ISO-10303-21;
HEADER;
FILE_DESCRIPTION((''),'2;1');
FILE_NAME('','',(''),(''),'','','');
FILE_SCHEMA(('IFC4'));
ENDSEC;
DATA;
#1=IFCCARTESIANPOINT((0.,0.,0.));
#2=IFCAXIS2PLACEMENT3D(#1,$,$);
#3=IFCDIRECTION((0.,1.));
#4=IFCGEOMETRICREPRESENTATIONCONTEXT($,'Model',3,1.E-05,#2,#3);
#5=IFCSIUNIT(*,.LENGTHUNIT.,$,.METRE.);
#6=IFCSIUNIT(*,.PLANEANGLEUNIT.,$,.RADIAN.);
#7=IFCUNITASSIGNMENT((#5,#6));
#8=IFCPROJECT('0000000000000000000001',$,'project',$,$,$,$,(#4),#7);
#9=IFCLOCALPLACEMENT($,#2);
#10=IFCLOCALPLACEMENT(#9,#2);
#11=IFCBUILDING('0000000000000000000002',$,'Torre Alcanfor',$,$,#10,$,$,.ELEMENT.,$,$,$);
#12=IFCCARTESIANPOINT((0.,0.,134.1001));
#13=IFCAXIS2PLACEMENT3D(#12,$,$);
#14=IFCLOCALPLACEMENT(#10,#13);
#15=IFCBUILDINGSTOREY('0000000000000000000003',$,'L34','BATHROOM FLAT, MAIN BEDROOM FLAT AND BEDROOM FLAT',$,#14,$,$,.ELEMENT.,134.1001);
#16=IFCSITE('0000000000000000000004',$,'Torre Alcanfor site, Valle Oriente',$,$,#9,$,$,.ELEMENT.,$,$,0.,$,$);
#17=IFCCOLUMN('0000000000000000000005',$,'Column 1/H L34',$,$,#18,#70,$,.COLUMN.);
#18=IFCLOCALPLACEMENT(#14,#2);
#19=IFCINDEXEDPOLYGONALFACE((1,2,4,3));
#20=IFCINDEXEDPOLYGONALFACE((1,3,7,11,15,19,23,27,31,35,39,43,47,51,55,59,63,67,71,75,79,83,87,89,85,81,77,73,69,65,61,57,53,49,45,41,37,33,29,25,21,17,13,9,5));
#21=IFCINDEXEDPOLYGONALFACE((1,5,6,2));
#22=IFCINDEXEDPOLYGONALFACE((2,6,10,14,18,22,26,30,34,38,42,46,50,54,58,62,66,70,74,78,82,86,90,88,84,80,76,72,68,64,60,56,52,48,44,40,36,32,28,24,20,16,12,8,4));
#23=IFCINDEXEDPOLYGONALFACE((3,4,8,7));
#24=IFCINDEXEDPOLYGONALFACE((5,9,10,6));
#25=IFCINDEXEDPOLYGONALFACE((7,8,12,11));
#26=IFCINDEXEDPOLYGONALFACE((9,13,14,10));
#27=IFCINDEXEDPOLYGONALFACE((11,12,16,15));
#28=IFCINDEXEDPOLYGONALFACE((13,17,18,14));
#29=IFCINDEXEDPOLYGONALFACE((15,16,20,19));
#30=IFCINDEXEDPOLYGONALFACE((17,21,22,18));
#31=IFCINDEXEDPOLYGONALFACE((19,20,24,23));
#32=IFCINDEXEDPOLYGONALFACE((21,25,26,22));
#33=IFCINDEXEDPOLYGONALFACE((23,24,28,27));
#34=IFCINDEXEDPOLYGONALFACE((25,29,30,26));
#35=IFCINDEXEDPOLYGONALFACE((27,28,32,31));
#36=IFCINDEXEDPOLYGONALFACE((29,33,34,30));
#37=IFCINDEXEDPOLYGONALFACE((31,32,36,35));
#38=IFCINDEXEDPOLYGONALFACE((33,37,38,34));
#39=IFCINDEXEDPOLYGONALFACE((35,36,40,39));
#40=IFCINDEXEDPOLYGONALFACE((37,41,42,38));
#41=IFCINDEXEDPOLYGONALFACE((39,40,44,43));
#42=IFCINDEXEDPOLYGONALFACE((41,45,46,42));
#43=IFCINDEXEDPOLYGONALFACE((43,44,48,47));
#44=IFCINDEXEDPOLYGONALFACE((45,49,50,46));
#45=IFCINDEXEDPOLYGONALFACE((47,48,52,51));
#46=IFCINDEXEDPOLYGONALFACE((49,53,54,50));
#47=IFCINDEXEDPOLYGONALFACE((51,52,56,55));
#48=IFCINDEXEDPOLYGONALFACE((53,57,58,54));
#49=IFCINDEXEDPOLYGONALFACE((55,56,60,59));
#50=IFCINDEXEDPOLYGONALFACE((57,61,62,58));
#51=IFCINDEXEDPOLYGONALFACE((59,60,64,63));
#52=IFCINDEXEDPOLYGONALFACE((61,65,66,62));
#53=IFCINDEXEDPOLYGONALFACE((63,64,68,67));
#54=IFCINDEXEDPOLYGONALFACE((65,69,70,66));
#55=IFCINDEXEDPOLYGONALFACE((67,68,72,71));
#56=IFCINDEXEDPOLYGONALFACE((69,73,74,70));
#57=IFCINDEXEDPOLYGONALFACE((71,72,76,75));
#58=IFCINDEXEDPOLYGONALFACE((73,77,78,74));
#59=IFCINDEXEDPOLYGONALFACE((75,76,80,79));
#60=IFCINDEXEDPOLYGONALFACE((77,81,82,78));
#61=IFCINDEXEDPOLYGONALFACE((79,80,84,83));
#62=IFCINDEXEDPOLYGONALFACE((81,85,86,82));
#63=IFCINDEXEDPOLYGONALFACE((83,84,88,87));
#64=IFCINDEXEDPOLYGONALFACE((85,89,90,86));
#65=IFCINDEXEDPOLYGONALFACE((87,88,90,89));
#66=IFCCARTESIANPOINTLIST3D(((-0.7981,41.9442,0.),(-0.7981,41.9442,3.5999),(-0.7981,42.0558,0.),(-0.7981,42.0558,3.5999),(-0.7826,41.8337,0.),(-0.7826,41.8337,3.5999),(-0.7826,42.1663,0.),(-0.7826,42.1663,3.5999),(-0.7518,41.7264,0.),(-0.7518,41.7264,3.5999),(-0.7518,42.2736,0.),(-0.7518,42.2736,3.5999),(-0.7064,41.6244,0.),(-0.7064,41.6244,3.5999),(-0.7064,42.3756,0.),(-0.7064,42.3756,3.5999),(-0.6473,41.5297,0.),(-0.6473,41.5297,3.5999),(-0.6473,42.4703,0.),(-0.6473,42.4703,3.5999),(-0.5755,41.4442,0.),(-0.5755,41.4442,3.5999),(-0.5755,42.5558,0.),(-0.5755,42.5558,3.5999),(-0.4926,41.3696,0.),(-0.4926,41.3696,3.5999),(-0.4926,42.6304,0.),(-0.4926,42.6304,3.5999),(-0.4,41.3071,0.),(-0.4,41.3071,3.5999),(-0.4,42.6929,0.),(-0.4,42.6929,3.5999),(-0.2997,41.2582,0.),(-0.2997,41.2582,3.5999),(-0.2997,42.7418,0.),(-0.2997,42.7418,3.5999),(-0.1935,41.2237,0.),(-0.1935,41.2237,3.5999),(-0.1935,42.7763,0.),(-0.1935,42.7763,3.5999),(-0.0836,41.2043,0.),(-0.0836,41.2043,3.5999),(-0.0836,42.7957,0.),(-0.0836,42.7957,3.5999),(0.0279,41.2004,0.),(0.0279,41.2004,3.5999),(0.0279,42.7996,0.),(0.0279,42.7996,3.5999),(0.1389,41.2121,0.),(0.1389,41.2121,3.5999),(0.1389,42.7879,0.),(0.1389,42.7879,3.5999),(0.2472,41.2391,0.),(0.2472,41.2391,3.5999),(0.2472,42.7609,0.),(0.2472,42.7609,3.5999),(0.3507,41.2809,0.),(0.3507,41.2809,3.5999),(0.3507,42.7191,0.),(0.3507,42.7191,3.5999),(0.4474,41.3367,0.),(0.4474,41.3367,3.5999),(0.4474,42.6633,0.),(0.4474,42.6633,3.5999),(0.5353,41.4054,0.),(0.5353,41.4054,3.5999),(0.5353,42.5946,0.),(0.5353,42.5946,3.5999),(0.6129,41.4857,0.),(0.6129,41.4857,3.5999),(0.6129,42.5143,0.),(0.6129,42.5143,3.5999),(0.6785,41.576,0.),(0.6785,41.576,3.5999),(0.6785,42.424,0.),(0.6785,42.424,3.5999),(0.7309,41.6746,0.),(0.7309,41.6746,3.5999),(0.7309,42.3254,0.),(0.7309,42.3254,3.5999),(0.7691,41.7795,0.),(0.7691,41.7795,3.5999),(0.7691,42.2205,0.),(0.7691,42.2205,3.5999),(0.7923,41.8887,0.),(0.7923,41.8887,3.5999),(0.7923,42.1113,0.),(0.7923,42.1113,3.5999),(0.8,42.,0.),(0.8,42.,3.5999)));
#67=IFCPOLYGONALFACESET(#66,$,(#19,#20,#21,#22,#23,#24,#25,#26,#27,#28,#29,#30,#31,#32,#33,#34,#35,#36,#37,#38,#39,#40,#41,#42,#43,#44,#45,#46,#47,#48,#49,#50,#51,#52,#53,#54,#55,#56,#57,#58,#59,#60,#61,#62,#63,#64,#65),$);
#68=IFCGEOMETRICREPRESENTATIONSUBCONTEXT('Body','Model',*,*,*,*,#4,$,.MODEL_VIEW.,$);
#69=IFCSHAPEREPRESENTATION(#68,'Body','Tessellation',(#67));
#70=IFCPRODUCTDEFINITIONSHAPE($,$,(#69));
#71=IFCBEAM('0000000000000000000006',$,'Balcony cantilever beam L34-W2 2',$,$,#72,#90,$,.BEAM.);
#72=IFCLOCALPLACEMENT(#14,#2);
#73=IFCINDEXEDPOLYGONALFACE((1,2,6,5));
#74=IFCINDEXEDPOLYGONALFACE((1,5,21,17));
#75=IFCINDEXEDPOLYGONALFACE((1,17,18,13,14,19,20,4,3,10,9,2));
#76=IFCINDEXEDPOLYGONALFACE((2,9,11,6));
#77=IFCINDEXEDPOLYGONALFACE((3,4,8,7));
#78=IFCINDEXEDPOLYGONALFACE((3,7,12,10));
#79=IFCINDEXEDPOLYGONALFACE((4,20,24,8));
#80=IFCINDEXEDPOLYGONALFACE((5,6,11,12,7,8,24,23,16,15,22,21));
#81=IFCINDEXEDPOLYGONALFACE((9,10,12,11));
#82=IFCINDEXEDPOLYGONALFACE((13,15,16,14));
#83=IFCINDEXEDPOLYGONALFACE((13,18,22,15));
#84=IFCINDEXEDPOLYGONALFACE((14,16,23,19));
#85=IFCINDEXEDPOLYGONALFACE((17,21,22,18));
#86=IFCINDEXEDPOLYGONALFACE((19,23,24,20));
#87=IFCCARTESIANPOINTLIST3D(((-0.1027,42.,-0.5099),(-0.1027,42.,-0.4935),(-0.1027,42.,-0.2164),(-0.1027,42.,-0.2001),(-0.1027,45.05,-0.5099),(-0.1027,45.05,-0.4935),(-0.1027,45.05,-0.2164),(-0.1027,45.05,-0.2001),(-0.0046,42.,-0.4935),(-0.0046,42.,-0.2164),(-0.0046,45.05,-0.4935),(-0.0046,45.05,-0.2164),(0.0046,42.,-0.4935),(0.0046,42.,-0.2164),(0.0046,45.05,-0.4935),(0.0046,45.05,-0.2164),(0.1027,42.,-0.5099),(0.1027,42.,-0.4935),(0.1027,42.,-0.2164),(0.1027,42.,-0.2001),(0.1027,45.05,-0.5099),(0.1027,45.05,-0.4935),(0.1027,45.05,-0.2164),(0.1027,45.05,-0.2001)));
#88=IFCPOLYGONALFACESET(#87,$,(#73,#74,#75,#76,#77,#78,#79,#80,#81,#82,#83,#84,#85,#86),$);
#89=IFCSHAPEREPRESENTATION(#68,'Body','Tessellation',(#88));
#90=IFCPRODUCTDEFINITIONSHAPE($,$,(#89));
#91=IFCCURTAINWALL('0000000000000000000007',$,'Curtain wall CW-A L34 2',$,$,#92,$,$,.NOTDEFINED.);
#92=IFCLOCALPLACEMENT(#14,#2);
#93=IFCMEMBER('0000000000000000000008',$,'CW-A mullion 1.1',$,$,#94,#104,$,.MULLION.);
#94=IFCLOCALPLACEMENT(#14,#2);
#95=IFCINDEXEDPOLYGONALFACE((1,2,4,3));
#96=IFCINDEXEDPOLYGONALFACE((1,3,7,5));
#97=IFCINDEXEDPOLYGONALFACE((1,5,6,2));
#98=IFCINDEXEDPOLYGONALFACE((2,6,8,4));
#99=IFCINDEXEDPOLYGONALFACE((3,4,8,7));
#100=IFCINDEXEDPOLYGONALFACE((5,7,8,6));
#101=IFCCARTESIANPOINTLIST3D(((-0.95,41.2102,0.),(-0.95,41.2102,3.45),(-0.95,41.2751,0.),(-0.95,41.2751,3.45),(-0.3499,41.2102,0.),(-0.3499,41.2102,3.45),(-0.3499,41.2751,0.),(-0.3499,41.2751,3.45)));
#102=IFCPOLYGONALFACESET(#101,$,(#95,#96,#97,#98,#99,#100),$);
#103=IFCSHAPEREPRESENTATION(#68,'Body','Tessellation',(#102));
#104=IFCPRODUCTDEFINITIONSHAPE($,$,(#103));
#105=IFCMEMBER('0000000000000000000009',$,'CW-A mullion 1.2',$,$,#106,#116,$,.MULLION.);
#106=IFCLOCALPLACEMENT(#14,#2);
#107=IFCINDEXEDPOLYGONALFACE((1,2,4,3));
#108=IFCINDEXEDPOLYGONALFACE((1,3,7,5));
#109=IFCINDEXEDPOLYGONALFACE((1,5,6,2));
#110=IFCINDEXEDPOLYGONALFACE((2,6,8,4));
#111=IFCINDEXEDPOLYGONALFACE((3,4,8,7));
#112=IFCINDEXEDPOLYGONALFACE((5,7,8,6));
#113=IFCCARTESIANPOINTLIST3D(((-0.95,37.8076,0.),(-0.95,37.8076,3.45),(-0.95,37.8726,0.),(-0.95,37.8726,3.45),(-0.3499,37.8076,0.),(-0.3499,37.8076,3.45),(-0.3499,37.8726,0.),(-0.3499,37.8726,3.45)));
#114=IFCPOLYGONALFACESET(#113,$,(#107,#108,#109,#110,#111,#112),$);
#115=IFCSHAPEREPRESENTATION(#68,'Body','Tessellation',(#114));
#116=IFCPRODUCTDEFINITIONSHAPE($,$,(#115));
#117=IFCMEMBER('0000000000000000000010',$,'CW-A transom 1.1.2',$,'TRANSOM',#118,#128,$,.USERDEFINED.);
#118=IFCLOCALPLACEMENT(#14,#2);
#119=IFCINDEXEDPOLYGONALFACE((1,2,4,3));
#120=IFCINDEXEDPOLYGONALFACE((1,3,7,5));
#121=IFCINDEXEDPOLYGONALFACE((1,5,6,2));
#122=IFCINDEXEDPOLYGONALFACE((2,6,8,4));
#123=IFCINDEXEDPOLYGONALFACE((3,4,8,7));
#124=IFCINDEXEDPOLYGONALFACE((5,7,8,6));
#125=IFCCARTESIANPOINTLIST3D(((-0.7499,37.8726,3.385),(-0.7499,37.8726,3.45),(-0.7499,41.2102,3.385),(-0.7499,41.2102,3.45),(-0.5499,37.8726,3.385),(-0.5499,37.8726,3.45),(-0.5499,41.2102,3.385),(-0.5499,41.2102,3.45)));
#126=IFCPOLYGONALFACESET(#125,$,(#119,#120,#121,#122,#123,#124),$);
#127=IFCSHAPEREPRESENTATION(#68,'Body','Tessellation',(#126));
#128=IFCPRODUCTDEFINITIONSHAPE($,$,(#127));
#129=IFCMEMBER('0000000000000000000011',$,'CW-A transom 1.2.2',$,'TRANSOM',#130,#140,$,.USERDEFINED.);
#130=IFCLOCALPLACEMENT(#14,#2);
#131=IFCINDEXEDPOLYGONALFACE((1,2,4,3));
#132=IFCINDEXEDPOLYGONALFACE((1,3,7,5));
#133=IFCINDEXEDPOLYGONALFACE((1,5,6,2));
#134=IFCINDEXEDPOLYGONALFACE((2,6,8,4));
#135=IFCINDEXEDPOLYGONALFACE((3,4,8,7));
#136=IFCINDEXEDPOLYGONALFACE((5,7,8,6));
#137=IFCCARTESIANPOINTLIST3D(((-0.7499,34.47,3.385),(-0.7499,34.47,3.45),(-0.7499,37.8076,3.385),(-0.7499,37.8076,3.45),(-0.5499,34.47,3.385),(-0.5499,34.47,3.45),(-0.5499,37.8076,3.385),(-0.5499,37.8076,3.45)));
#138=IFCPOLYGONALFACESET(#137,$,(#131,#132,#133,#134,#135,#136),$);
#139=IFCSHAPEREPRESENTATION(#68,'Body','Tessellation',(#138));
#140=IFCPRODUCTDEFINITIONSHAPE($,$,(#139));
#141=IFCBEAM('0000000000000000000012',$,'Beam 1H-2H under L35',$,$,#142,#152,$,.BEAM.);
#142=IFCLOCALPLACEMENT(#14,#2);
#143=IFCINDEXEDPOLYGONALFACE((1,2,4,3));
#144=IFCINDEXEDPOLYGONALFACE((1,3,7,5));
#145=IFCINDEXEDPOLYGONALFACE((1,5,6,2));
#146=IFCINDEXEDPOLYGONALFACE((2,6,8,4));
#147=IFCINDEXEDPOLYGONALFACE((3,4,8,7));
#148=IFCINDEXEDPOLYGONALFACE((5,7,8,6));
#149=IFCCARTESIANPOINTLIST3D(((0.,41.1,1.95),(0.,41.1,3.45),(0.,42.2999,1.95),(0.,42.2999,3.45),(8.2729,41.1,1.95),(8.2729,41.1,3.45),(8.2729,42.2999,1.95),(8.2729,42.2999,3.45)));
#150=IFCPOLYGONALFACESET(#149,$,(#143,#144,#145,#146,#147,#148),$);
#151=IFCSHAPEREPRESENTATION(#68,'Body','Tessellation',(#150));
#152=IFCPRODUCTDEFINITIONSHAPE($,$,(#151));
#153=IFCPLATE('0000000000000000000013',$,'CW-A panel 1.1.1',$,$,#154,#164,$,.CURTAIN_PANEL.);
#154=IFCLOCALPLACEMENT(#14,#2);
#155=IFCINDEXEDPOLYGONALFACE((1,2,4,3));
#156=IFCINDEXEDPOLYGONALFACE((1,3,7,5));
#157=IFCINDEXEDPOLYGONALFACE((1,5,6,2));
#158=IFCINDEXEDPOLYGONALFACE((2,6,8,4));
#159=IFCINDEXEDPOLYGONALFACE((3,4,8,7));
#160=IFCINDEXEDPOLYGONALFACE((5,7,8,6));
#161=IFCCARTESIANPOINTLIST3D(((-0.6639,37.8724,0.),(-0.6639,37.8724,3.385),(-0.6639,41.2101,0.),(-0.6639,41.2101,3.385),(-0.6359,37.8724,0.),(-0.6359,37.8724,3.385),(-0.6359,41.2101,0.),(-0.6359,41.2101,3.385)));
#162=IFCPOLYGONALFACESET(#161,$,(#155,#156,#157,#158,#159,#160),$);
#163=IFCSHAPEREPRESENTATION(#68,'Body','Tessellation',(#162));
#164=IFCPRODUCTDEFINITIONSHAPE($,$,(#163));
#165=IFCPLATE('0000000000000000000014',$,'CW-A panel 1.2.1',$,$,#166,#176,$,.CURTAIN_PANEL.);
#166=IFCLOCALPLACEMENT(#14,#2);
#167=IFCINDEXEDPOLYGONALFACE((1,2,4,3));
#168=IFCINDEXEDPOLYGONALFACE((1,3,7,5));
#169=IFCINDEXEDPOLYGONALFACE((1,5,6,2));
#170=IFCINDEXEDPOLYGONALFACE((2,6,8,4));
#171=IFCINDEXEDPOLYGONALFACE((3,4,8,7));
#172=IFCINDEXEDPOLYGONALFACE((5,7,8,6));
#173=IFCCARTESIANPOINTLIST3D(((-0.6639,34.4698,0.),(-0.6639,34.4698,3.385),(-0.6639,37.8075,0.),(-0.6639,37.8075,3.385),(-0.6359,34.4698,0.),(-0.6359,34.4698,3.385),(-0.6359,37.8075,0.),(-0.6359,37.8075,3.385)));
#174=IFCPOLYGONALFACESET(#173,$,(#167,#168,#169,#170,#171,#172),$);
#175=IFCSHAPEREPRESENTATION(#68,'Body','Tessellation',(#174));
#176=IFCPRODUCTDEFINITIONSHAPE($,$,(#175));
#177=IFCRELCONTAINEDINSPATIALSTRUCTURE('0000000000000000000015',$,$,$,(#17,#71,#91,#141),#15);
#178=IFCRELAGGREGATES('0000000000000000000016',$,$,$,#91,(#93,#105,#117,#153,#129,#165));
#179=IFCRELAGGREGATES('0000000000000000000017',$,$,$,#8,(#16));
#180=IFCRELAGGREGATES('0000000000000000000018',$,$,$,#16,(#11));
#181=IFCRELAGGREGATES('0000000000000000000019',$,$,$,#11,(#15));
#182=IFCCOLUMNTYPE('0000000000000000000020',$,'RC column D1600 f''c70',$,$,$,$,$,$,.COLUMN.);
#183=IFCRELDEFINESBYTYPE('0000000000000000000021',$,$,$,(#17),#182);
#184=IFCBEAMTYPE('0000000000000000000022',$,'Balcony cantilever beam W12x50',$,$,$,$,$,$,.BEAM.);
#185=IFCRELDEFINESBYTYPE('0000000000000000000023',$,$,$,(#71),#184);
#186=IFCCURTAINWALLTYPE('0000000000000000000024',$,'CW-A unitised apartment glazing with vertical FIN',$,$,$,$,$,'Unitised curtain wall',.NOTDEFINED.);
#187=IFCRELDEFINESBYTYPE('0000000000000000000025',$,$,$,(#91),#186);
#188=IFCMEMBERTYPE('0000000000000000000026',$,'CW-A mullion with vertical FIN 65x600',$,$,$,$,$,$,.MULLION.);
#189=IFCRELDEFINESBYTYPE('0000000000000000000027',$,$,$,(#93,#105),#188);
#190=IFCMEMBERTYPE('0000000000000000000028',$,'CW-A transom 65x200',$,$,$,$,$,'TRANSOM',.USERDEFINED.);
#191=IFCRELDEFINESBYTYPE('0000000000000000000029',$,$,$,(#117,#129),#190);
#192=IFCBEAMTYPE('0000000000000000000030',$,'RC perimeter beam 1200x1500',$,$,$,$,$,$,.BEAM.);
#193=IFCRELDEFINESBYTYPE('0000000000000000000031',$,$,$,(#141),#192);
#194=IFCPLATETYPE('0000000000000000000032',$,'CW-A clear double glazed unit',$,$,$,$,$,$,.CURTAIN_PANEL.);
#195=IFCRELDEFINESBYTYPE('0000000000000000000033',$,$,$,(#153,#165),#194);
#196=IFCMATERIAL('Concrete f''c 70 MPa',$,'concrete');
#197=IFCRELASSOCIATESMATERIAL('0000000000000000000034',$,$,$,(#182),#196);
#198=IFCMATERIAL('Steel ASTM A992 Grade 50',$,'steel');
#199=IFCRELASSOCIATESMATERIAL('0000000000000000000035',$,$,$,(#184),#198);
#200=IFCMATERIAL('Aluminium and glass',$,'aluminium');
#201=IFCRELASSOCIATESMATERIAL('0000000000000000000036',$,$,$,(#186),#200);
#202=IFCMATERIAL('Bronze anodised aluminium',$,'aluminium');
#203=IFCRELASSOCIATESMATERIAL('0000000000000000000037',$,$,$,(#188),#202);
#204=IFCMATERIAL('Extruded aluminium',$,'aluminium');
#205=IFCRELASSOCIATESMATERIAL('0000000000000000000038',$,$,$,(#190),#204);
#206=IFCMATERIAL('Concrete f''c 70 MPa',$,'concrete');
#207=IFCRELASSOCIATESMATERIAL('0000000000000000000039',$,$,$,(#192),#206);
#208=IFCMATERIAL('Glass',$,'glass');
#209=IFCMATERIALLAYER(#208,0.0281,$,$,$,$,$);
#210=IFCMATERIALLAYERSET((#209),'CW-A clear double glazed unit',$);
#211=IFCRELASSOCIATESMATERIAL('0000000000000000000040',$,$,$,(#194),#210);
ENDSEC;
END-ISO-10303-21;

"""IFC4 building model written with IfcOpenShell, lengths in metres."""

from ifc_helpers import new_model, si_unit, direction, frame, origin, origin_2d, place, context, subcontext, project, spatial, rectangle, circle, i_section, extrude, material, layer, layer_set, material_profile, profile_set, type_object, element, aggregate, save


model = new_model("IFC4")

# Units and contexts
model_context = context("Model", 3, precision=1e-05, world=origin(), true_north=direction((0.0, 1.0)))
body_context = subcontext(model_context, "Body", "Model", "MODEL_VIEW")
ifc_project = project(units=[si_unit("LENGTHUNIT", "METRE"), si_unit("PLANEANGLEUNIT", "RADIAN")], contexts=[model_context])

# Site, building, storey
site_placement = place(None, origin())
site = spatial("IfcSite", under=ifc_project, at=site_placement, Name="Torre Alcanfor site, Valle Oriente", CompositionType="ELEMENT", RefElevation=0.0)
building_placement = place(site_placement, origin())
building = spatial("IfcBuilding", under=site, at=building_placement, Name="Torre Alcanfor", CompositionType="ELEMENT")
storey_placement = place(building_placement, frame((0.0, 0.0, 134.1001)))
storey = spatial("IfcBuildingStorey", under=building, at=storey_placement, Name="L34", Description="BATHROOM FLAT, MAIN BEDROOM FLAT AND BEDROOM FLAT", CompositionType="ELEMENT", Elevation=134.1001)

# Column
ifc_material_1 = material(Name="Concrete f'c 70 MPa", Category="concrete")
ifc_material_profile_1 = material_profile(ifc_material_1, circle(Radius=0.8, at=origin_2d()), Name="D1600")
ifc_profile_set_1 = profile_set([ifc_material_profile_1], Name="Concrete f'c 70 MPa")
column_type = type_object("IfcColumnType", Name="RC column D1600 f'c70", PredefinedType="COLUMN", material=ifc_profile_set_1)
column_placement = place(storey_placement, frame((0.0, 42.0, 0.0), z_axis=(0.0, 0.0, 1.0), x_axis=(1.0, 0.0, 0.0)))
element("IfcColumn", 1, at=column_placement, inside=storey, type_object=column_type, Name="Column 1/H L34", PredefinedType="COLUMN", context=body_context, shape_type="SweptSolid", body=[
    extrude(circle(Radius=0.8, at=origin_2d()), origin(), (0.0, 0.0, 1.0), 3.5999),
])

# Beam
ifc_material_2 = material(Name="Steel ASTM A992 Grade 50", Category="steel")
ifc_material_profile_2 = material_profile(ifc_material_2, i_section(OverallWidth=0.2053, OverallDepth=0.3098, WebThickness=0.0093, FlangeThickness=0.0164, at=origin_2d()), Name="W12x50")
ifc_profile_set_2 = profile_set([ifc_material_profile_2], Name="Steel ASTM A992 Grade 50")
beam_type_1 = type_object("IfcBeamType", Name="Balcony cantilever beam W12x50", PredefinedType="BEAM", material=ifc_profile_set_2)
beam_1_placement = place(storey_placement, frame((0.0, 42.0, -0.355), z_axis=(0.0, 1.0, 0.0), x_axis=(-1.0, 0.0, 0.0)))
element("IfcBeam", 2, at=beam_1_placement, inside=storey, type_object=beam_type_1, Name="Balcony cantilever beam L34-W2 2", PredefinedType="BEAM", context=body_context, shape_type="SweptSolid", body=[
    extrude(i_section(OverallWidth=0.2053, OverallDepth=0.3098, WebThickness=0.0093, FlangeThickness=0.0164, at=origin_2d()), origin(), (0.0, 0.0, 1.0), 3.05),
])

# Curtain wall, members
ifc_material_3 = material(Name="Aluminium and glass", Category="aluminium")
curtain_wall_type = type_object("IfcCurtainWallType", Name="CW-A unitised apartment glazing with vertical FIN", ElementType="Unitised curtain wall", PredefinedType="NOTDEFINED", material=ifc_material_3)
curtain_wall_placement = place(storey_placement, origin())
curtain_wall = element("IfcCurtainWall", 3, at=curtain_wall_placement, inside=storey, type_object=curtain_wall_type, Name="Curtain wall CW-A L34 2", PredefinedType="NOTDEFINED")
ifc_material_4 = material(Name="Bronze anodised aluminium", Category="aluminium")
ifc_material_profile_3 = material_profile(ifc_material_4, rectangle(XDim=0.6001, YDim=0.0649, at=origin_2d()), Name="CW-A mullion 65x600")
ifc_profile_set_3 = profile_set([ifc_material_profile_3], Name="Bronze anodised aluminium")
member_type_1 = type_object("IfcMemberType", Name="CW-A mullion with vertical FIN 65x600", PredefinedType="MULLION", material=ifc_profile_set_3)
member_1_placement = place(storey_placement, frame((-0.6499, 41.2427, 0.0), z_axis=(0.0, 0.0, 1.0), x_axis=(1.0, 0.0, 0.0)))
member_1 = element("IfcMember", 4, at=member_1_placement, type_object=member_type_1, Name="CW-A mullion 1.1", PredefinedType="MULLION", context=body_context, shape_type="SweptSolid", body=[
    extrude(rectangle(XDim=0.6001, YDim=0.0649, at=origin_2d()), origin(), (0.0, 0.0, 1.0), 3.45),
])
member_2_placement = place(storey_placement, frame((-0.6499, 37.8401, 0.0), z_axis=(0.0, 0.0, 1.0), x_axis=(1.0, 0.0, 0.0)))
member_2 = element("IfcMember", 5, at=member_2_placement, type_object=member_type_1, Name="CW-A mullion 1.2", PredefinedType="MULLION", context=body_context, shape_type="SweptSolid", body=[
    extrude(rectangle(XDim=0.6001, YDim=0.0649, at=origin_2d()), origin(), (0.0, 0.0, 1.0), 3.45),
])
ifc_material_5 = material(Name="Extruded aluminium", Category="aluminium")
ifc_material_profile_4 = material_profile(ifc_material_5, rectangle(XDim=0.2, YDim=0.0649, at=origin_2d()), Name="CW-A transom 200x65")
ifc_profile_set_4 = profile_set([ifc_material_profile_4], Name="Extruded aluminium")
member_type_2 = type_object("IfcMemberType", Name="CW-A transom 65x200", ElementType="TRANSOM", PredefinedType="USERDEFINED", material=ifc_profile_set_4)
member_3_placement = place(storey_placement, frame((-0.6499, 41.2102, 3.4175), z_axis=(0.0, -1.0, 0.0), x_axis=(1.0, 0.0, 0.0)))
member_3 = element("IfcMember", 6, at=member_3_placement, type_object=member_type_2, Name="CW-A transom 1.1.2", ObjectType="TRANSOM", PredefinedType="USERDEFINED", context=body_context, shape_type="SweptSolid", body=[
    extrude(rectangle(XDim=0.2, YDim=0.0649, at=origin_2d()), origin(), (0.0, 0.0, 1.0), 3.3376),
])
member_4_placement = place(storey_placement, frame((-0.6499, 37.8076, 3.4175), z_axis=(0.0, -1.0, 0.0), x_axis=(1.0, 0.0, 0.0)))
member_4 = element("IfcMember", 7, at=member_4_placement, type_object=member_type_2, Name="CW-A transom 1.2.2", ObjectType="TRANSOM", PredefinedType="USERDEFINED", context=body_context, shape_type="SweptSolid", body=[
    extrude(rectangle(XDim=0.2, YDim=0.0649, at=origin_2d()), origin(), (0.0, 0.0, 1.0), 3.3376),
])

# Beam
ifc_material_6 = material(Name="Concrete f'c 70 MPa", Category="concrete")
ifc_material_profile_5 = material_profile(ifc_material_6, rectangle(XDim=1.2, YDim=1.5, at=origin_2d()), Name="1200x1500")
ifc_profile_set_5 = profile_set([ifc_material_profile_5], Name="Concrete f'c 70 MPa")
beam_type_2 = type_object("IfcBeamType", Name="RC perimeter beam 1200x1500", PredefinedType="BEAM", material=ifc_profile_set_5)
beam_2_placement = place(storey_placement, frame((0.0, 41.7, 2.7), z_axis=(1.0, 0.0, 0.0), x_axis=(0.0, 1.0, 0.0)))
element("IfcBeam", 8, at=beam_2_placement, inside=storey, type_object=beam_type_2, Name="Beam 1H-2H under L35", PredefinedType="BEAM", context=body_context, shape_type="SweptSolid", body=[
    extrude(rectangle(XDim=1.2, YDim=1.5, at=origin_2d()), origin(), (0.0, 0.0, 1.0), 8.2729),
])

# Plates
ifc_material_7 = material(Name="Glass", Category="glass")
ifc_layer_1 = layer(ifc_material_7, 0.0281)
ifc_layer_set_1 = layer_set([ifc_layer_1], Name="CW-A clear double glazed unit")
plate_type = type_object("IfcPlateType", Name="CW-A clear double glazed unit", PredefinedType="CURTAIN_PANEL", material=ifc_layer_set_1)
plate_1_placement = place(storey_placement, frame((-0.6499, 39.5413, 0.0), z_axis=(0.0, 0.0, 1.0), x_axis=(0.0, -1.0, 0.0)))
plate_1 = element("IfcPlate", 9, at=plate_1_placement, type_object=plate_type, Name="CW-A panel 1.1.1", PredefinedType="CURTAIN_PANEL", context=body_context, shape_type="SweptSolid", body=[
    extrude(rectangle(XDim=3.3376, YDim=0.0281, at=origin_2d()), origin(), (0.0, 0.0, 1.0), 3.385),
])
plate_2_placement = place(storey_placement, frame((-0.6499, 36.1387, 0.0), z_axis=(0.0, 0.0, 1.0), x_axis=(0.0, -1.0, 0.0)))
plate_2 = element("IfcPlate", 10, at=plate_2_placement, type_object=plate_type, Name="CW-A panel 1.2.1", PredefinedType="CURTAIN_PANEL", context=body_context, shape_type="SweptSolid", body=[
    extrude(rectangle(XDim=3.3376, YDim=0.0281, at=origin_2d()), origin(), (0.0, 0.0, 1.0), 3.385),
])
aggregate(curtain_wall, [member_1, member_2, member_3, plate_1, member_4, plate_2])

save(model, "model.ifc")
